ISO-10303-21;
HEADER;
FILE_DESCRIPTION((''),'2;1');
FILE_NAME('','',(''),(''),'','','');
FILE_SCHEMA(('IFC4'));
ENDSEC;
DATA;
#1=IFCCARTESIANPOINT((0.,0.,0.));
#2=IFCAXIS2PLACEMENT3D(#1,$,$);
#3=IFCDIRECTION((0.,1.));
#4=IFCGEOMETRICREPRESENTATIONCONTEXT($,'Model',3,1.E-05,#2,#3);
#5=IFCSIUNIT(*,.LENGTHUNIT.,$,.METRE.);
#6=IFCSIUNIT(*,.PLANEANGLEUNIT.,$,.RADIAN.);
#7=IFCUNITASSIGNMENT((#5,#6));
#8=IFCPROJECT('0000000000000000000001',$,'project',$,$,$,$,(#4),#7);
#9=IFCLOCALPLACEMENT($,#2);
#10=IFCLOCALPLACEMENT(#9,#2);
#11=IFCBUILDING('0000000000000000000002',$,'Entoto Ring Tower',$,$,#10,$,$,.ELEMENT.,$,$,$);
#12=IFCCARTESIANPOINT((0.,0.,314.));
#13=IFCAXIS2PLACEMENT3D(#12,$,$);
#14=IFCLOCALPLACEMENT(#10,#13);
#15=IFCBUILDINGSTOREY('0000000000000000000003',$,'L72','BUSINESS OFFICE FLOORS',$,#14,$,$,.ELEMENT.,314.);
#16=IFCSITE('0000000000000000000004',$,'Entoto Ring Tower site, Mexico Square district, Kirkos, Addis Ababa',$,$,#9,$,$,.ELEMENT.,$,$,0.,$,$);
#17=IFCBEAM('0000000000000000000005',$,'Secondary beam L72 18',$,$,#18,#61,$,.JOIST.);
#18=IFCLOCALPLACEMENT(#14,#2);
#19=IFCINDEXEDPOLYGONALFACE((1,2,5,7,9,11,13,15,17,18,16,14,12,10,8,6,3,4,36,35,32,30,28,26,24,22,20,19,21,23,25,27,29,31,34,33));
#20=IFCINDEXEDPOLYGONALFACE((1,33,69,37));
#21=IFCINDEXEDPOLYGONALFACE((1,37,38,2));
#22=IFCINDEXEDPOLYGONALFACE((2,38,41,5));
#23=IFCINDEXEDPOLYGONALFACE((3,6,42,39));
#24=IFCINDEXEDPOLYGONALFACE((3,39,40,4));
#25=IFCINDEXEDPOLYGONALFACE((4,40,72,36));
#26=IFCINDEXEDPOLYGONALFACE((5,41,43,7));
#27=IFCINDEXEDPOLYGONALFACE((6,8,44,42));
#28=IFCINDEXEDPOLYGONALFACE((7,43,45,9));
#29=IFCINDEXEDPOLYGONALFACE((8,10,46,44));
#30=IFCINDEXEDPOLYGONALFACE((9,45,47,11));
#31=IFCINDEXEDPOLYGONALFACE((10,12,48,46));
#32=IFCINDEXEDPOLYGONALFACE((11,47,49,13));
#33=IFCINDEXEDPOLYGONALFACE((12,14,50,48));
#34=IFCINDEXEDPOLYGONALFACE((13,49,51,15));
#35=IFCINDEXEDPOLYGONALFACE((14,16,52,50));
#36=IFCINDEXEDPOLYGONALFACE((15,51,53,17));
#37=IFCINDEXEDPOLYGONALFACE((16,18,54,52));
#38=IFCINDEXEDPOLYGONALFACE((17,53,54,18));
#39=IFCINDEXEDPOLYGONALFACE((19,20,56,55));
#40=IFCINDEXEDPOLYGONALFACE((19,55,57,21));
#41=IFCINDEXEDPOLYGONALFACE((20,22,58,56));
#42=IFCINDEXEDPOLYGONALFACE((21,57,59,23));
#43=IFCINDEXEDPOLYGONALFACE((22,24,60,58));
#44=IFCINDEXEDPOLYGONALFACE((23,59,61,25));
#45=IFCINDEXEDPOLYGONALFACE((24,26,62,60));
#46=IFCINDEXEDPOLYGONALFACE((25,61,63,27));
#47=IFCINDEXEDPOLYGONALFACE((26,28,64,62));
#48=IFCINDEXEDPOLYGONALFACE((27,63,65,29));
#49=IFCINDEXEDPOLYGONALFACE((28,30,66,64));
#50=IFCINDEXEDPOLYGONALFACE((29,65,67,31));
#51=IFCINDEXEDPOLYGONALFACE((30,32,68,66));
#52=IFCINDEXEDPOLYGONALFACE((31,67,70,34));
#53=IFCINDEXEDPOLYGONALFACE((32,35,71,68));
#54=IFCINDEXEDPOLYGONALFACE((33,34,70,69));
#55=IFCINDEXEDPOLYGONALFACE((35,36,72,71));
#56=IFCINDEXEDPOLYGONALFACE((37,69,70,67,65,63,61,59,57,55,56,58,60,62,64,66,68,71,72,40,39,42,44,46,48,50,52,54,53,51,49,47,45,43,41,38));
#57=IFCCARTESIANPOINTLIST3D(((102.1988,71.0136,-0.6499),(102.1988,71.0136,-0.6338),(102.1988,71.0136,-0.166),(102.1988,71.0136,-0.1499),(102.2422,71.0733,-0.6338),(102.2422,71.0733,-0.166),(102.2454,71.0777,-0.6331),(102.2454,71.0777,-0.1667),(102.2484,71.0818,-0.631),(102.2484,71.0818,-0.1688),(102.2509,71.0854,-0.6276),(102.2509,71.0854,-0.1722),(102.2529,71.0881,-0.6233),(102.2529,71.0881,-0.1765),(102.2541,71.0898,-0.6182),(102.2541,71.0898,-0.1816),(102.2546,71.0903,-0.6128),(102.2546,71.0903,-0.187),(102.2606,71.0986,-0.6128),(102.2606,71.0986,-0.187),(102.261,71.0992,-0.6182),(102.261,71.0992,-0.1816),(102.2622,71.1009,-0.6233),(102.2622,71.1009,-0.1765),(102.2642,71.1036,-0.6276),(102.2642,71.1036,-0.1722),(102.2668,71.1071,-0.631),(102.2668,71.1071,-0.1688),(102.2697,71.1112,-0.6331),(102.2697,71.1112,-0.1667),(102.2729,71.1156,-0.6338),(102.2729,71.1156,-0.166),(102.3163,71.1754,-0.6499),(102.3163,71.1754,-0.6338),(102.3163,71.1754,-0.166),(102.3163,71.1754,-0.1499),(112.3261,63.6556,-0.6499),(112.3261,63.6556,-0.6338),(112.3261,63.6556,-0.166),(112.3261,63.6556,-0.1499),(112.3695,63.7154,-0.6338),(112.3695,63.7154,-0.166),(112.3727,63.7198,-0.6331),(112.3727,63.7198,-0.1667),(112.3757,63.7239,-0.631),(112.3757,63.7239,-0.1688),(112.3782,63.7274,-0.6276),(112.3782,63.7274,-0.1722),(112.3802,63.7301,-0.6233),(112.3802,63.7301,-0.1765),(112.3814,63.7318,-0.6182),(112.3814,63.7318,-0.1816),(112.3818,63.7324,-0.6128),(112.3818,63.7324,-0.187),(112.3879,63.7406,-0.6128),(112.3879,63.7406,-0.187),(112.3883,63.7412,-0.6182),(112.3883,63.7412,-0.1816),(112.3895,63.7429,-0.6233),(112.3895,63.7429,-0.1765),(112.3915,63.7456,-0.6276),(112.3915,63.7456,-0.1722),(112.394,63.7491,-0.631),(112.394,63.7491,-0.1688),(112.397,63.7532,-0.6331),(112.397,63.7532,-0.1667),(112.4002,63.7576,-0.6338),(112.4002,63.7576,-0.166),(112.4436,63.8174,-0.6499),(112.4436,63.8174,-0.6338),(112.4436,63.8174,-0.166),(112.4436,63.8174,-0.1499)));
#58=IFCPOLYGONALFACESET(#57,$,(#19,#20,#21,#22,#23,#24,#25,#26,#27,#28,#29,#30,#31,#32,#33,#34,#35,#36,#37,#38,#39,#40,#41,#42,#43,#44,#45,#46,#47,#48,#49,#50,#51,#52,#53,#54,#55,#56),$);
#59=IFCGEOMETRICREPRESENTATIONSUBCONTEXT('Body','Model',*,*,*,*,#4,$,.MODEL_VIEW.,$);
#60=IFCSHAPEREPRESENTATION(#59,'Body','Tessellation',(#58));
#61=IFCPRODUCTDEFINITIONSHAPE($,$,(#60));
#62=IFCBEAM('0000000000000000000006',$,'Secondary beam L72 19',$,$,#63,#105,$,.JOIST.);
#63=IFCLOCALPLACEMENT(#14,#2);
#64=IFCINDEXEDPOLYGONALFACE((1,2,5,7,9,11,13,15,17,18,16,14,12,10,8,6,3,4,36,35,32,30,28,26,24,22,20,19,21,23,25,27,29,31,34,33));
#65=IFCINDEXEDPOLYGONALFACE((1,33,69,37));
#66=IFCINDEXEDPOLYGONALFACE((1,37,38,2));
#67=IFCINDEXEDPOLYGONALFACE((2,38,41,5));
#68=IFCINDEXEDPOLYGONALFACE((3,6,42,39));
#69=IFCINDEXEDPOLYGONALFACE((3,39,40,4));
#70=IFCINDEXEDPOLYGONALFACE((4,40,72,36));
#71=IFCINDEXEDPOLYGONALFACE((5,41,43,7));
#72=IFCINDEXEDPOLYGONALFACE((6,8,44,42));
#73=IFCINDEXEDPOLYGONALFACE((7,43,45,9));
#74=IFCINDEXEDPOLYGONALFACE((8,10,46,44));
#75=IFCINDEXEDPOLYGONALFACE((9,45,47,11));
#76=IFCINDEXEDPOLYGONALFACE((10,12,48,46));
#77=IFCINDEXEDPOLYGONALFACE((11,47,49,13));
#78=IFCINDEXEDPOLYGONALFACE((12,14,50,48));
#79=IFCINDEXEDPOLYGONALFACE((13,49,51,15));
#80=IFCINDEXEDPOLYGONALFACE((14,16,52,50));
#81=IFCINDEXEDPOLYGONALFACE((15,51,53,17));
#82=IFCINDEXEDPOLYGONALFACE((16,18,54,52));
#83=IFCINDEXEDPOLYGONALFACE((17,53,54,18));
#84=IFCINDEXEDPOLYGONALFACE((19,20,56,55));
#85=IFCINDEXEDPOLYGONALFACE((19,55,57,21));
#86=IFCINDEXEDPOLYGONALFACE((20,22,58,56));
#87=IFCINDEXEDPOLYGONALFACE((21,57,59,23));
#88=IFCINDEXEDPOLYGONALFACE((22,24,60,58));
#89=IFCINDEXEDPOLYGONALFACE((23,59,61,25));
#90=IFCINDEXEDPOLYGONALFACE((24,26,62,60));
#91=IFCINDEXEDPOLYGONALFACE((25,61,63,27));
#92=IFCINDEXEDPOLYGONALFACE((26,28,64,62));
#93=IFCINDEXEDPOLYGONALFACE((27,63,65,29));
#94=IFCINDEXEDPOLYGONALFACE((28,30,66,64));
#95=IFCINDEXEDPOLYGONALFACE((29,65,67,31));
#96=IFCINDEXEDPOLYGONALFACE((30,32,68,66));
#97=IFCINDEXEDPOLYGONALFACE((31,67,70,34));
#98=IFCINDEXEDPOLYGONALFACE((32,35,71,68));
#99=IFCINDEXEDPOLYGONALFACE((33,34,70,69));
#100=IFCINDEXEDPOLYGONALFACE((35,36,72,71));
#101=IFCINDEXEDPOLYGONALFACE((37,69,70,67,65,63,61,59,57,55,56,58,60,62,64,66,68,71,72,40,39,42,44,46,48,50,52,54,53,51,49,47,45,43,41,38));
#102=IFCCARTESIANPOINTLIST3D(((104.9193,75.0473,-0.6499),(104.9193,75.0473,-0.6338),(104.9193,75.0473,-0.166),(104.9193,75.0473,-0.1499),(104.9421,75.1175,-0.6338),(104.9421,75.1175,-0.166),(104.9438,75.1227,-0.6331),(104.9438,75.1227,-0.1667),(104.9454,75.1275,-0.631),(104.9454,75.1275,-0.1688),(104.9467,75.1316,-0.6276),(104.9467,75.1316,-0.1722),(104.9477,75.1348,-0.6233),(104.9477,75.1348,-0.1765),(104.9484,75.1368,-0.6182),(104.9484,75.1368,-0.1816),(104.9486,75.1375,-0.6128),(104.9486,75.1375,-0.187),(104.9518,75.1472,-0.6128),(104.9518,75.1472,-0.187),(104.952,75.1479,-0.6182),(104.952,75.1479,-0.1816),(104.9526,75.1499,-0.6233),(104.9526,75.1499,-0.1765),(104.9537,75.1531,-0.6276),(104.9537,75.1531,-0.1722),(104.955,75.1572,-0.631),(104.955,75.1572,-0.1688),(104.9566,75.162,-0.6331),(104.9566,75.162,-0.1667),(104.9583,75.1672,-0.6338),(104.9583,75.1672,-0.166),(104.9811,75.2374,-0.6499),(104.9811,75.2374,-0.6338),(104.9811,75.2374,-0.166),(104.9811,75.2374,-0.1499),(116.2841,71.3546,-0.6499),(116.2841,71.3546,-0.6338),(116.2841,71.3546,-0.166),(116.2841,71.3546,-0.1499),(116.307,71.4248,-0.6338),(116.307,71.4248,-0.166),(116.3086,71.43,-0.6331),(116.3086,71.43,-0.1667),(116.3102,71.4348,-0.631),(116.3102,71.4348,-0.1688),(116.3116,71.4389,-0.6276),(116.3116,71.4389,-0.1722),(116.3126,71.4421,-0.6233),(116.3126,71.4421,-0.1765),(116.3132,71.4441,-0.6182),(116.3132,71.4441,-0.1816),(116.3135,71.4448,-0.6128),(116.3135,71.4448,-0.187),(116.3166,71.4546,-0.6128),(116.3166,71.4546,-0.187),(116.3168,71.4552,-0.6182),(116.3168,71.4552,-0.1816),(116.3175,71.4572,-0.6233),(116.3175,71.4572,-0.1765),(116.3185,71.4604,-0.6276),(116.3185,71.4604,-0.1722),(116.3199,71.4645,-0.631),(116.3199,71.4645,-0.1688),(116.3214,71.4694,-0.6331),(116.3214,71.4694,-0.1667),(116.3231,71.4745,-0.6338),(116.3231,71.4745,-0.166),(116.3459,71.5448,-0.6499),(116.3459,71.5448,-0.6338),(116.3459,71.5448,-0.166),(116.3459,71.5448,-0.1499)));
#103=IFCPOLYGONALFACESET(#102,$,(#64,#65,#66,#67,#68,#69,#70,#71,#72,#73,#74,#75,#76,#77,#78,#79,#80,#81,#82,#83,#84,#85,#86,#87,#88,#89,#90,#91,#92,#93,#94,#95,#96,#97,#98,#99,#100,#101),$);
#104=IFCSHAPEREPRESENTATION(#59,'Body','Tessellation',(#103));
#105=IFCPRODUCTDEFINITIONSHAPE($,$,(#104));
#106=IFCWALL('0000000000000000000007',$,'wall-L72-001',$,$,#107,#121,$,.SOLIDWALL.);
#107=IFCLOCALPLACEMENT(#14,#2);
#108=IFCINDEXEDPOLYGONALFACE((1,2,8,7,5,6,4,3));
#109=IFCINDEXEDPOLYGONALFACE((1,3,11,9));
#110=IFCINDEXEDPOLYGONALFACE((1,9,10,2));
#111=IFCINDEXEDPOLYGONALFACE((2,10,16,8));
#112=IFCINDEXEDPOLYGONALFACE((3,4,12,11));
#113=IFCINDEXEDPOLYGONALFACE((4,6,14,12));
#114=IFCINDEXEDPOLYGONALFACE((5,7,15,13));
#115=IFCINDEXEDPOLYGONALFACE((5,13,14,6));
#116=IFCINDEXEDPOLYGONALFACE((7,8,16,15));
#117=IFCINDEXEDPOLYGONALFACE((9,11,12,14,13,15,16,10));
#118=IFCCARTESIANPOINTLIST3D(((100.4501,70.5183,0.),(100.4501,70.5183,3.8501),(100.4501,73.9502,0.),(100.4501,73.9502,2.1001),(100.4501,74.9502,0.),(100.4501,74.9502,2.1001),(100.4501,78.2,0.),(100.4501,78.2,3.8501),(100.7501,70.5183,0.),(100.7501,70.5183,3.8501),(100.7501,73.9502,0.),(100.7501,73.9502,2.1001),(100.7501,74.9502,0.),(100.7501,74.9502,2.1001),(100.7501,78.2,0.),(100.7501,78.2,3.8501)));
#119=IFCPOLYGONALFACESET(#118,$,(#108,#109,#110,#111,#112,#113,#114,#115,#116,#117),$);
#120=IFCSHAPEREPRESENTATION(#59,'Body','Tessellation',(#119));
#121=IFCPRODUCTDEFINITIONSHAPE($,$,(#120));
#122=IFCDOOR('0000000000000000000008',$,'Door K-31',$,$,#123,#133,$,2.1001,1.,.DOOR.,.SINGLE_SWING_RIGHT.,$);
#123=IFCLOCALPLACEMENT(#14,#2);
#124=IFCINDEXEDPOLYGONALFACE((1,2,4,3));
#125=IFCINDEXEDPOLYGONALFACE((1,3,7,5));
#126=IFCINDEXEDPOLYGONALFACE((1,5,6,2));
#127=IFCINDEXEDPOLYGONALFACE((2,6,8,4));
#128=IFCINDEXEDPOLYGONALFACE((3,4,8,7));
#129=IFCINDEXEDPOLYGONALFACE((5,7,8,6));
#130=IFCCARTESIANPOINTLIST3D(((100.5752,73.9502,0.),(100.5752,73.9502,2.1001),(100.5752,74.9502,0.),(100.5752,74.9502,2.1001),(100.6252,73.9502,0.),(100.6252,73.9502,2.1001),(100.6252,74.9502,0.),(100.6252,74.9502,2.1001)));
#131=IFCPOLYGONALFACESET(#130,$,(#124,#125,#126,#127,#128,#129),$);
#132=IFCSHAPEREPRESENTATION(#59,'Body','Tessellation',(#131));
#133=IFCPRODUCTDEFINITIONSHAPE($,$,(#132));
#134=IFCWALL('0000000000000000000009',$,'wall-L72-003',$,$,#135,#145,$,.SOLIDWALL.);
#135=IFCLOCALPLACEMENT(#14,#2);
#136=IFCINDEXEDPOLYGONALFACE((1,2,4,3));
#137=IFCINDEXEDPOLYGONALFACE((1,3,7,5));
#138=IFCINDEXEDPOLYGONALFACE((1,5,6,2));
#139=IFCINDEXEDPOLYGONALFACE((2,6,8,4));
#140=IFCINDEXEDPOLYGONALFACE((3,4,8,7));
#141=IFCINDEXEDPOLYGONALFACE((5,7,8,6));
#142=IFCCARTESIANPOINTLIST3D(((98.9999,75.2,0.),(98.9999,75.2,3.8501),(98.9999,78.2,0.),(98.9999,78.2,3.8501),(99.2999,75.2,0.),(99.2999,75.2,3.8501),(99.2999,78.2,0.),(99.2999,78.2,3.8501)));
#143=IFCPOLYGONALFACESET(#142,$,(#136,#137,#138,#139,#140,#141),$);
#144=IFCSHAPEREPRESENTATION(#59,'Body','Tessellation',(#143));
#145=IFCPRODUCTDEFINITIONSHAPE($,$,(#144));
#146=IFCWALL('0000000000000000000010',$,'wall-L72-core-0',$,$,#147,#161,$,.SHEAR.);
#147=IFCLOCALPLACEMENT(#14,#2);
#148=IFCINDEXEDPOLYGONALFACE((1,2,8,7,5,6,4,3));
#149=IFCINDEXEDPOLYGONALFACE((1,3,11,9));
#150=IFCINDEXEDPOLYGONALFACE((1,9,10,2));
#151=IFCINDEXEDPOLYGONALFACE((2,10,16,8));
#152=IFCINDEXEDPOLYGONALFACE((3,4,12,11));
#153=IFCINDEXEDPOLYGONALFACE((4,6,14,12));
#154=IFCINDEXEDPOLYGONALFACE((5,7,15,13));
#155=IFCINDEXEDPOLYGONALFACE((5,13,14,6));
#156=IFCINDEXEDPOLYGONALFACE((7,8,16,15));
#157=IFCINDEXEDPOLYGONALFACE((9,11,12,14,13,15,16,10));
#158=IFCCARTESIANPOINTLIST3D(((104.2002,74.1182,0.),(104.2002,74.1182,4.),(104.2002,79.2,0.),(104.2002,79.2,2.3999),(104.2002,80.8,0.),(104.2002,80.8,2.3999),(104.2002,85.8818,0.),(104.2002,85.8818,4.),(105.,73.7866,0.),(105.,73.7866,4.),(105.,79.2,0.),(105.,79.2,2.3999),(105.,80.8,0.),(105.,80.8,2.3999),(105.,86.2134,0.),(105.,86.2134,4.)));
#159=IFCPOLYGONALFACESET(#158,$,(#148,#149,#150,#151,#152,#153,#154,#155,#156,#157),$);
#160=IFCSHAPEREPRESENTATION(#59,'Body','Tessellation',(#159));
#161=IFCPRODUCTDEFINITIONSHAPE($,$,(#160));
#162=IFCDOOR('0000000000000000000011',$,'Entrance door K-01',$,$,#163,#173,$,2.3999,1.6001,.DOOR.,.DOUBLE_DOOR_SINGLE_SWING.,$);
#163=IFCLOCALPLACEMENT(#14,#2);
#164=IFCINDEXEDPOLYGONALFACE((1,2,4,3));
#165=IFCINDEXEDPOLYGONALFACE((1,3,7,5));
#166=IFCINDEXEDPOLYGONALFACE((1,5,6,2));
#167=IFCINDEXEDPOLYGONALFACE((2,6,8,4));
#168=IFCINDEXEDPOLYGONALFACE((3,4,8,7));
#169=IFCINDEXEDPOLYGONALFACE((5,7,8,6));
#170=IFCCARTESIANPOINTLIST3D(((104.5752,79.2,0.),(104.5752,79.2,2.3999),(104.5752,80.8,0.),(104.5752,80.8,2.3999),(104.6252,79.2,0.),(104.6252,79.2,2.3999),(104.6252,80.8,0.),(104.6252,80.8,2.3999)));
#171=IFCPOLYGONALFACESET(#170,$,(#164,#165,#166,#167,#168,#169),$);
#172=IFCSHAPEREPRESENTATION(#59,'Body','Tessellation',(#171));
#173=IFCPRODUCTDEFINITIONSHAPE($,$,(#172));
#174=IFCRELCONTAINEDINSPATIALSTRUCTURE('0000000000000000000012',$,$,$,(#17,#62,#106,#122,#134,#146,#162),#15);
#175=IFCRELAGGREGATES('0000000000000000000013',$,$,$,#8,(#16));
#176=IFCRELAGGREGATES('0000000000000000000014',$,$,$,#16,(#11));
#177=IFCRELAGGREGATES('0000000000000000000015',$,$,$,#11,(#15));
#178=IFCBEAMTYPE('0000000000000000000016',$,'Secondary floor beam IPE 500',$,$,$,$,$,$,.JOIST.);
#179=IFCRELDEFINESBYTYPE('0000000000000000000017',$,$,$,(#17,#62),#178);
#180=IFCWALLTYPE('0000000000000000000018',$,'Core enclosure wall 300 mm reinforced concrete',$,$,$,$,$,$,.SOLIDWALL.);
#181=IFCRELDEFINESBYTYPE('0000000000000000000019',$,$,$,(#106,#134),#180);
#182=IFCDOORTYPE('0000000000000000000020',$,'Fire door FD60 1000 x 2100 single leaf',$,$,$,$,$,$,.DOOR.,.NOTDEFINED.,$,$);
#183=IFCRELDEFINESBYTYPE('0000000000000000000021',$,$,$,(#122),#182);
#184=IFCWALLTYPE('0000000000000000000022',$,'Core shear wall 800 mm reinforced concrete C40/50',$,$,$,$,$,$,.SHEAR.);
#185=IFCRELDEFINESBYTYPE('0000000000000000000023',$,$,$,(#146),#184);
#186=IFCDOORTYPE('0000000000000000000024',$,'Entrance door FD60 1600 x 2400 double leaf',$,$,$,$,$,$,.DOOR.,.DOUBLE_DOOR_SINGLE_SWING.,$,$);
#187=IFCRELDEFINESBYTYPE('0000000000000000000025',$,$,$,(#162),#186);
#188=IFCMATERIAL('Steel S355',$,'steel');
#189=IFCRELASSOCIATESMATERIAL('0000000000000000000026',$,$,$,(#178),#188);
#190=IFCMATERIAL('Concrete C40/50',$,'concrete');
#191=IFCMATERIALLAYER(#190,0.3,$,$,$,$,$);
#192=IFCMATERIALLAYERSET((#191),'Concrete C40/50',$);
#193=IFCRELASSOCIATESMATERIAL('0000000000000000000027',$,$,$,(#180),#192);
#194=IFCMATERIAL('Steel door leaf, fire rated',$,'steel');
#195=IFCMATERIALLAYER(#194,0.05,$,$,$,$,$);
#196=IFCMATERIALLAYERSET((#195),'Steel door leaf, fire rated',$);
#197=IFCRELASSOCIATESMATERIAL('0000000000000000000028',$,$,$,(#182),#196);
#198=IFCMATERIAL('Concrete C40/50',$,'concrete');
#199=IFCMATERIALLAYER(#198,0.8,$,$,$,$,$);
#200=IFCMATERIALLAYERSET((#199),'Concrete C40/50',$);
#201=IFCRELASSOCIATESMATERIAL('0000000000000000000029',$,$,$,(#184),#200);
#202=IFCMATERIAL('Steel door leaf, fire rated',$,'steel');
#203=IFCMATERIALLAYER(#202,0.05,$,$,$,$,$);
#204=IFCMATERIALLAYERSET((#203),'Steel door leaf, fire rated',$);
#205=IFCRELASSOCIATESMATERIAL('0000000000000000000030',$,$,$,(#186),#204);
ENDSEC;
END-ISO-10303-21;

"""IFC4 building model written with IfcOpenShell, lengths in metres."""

from ifc_helpers import new_model, si_unit, direction, frame, frame_2d, origin, origin_2d, place, context, subcontext, project, spatial, polyline, rectangle, i_section, outline, extrude, material, layer, layer_set, material_profile, profile_set, type_object, element, fill, save


model = new_model("IFC4")

# Units and contexts
model_context = context("Model", 3, precision=1e-05, world=origin(), true_north=direction((0.0, 1.0)))
body_context = subcontext(model_context, "Body", "Model", "MODEL_VIEW")
ifc_project = project(units=[si_unit("LENGTHUNIT", "METRE"), si_unit("PLANEANGLEUNIT", "RADIAN")], contexts=[model_context])

# Site, building, storey
site_placement = place(None, origin())
site = spatial("IfcSite", under=ifc_project, at=site_placement, Name="Entoto Ring Tower site, Mexico Square district, Kirkos, Addis Ababa", CompositionType="ELEMENT", RefElevation=0.0)
building_placement = place(site_placement, origin())
building = spatial("IfcBuilding", under=site, at=building_placement, Name="Entoto Ring Tower", CompositionType="ELEMENT")
storey_placement = place(building_placement, frame((0.0, 0.0, 314.0)))
storey = spatial("IfcBuildingStorey", under=building, at=storey_placement, Name="L72", Description="BUSINESS OFFICE FLOORS", CompositionType="ELEMENT", Elevation=314.0)

# Beams
ifc_material_1 = material(Name="Steel S355", Category="steel")
ifc_material_profile_1 = material_profile(ifc_material_1, i_section(OverallWidth=0.2, OverallDepth=0.5, WebThickness=0.0103, FlangeThickness=0.0161, FilletRadius=0.021, at=origin_2d()), Name="IPE 500")
ifc_profile_set_1 = profile_set([ifc_material_profile_1], Name="Steel S355")
beam_type_1 = type_object("IfcBeamType", Name="Secondary floor beam IPE 500", PredefinedType="JOIST", material=ifc_profile_set_1)
for number, where, z_axis, x_axis, name in (
    (1, (102.2576, 71.0945, -0.3999), (0.809014, -0.587789, 0.0), (0.587789, 0.809014, 0.0), "Secondary beam L72 18"),
):
    element("IfcBeam", number, at=place(storey_placement, frame(where, z_axis=z_axis, x_axis=x_axis)), inside=storey, type_object=beam_type_1, Name=name, PredefinedType="JOIST", context=body_context, shape_type="SweptSolid", body=[
        extrude(i_section(OverallWidth=0.2, OverallDepth=0.5, WebThickness=0.0103, FlangeThickness=0.0161, FilletRadius=0.021, at=origin_2d()), origin(), (0.0, 0.0, 1.0), 12.5181),
    ])
beam_1_placement = place(storey_placement, frame((104.9502, 75.1423, -0.3999), z_axis=(0.951057, -0.309017, 0.0), x_axis=(0.309017, 0.951057, 0.0)))
element("IfcBeam", 2, at=beam_1_placement, inside=storey, type_object=beam_type_1, Name="Secondary beam L72 19", PredefinedType="JOIST", context=body_context, shape_type="SweptSolid", body=[
    extrude(i_section(OverallWidth=0.2, OverallDepth=0.5, WebThickness=0.0103, FlangeThickness=0.0161, FilletRadius=0.021, at=origin_2d()), origin(), (0.0, 0.0, 1.0), 11.9497),
])

# Wall, opening, door
ifc_material_2 = material(Name="Concrete C40/50", Category="concrete")
ifc_layer_1 = layer(ifc_material_2, 0.3)
ifc_layer_set_1 = layer_set([ifc_layer_1], Name="Concrete C40/50")
wall_type_1 = type_object("IfcWallType", Name="Core enclosure wall 300 mm reinforced concrete", PredefinedType="SOLIDWALL", material=ifc_layer_set_1)
wall_1_placement = place(storey_placement, frame((100.6001, 70.5183, 0.0), z_axis=(0.0, 0.0, 1.0), x_axis=(0.0, 1.0, 0.0)))
wall_1 = element("IfcWall", 3, at=wall_1_placement, inside=storey, type_object=wall_type_1, Name="wall-L72-001", PredefinedType="SOLIDWALL", context=body_context, shape_type="SweptSolid", body=[
    extrude(rectangle(XDim=7.6816, YDim=0.3, at=frame_2d((3.8408, 0.0))), origin(), (0.0, 0.0, 1.0), 3.8501),
])
opening_1_placement = place(wall_1_placement, frame((3.4319, 0.0, 0.0)))
opening_1 = element("IfcOpeningElement", 4, at=opening_1_placement, cuts=wall_1, PredefinedType="OPENING", context=body_context, shape_type="SweptSolid", body=[
    extrude(rectangle(XDim=1.0, YDim=2.1001, at=frame_2d((0.5, 1.05))), frame((0.0, 0.1602, 0.0), z_axis=(0.0, -1.0, 0.0), x_axis=(1.0, 0.0, 0.0)), (0.0, 0.0, 1.0), 0.3201),
])
ifc_material_3 = material(Name="Steel door leaf, fire rated", Category="steel")
ifc_layer_2 = layer(ifc_material_3, 0.05)
ifc_layer_set_2 = layer_set([ifc_layer_2], Name="Steel door leaf, fire rated")
door_type_1 = type_object("IfcDoorType", Name="Fire door FD60 1000 x 2100 single leaf", OperationType="NOTDEFINED", PredefinedType="DOOR", material=ifc_layer_set_2)
door_1_placement = place(opening_1_placement, origin())
door_1 = element("IfcDoor", 5, at=door_1_placement, inside=storey, type_object=door_type_1, Name="Door K-31", OperationType="SINGLE_SWING_RIGHT", OverallHeight=2.1001, OverallWidth=1.0, PredefinedType="DOOR", context=body_context, shape_type="SweptSolid", body=[
    extrude(rectangle(XDim=1.0, YDim=2.1001, at=frame_2d((0.5, 1.05))), frame((0.0, 0.0249, 0.0), z_axis=(0.0, -1.0, 0.0), x_axis=(1.0, 0.0, 0.0)), (0.0, 0.0, 1.0), 0.05),
])
fill(opening_1, door_1)

# Wall
wall_2_placement = place(storey_placement, frame((99.1499, 75.2, 0.0), z_axis=(0.0, 0.0, 1.0), x_axis=(0.0, 1.0, 0.0)))
element("IfcWall", 6, at=wall_2_placement, inside=storey, type_object=wall_type_1, Name="wall-L72-003", PredefinedType="SOLIDWALL", context=body_context, shape_type="SweptSolid", body=[
    extrude(rectangle(XDim=3.0, YDim=0.3, at=frame_2d((1.5, 0.0))), origin(), (0.0, 0.0, 1.0), 3.8501),
])

# Wall, opening, door
ifc_material_4 = material(Name="Concrete C40/50", Category="concrete")
ifc_layer_3 = layer(ifc_material_4, 0.8)
ifc_layer_set_3 = layer_set([ifc_layer_3], Name="Concrete C40/50")
wall_type_2 = type_object("IfcWallType", Name="Core shear wall 800 mm reinforced concrete C40/50", PredefinedType="SHEAR", material=ifc_layer_set_3)
wall_3_placement = place(storey_placement, frame((104.6001, 73.9524, 0.0), z_axis=(0.0, 0.0, 1.0), x_axis=(0.0, 1.0, 0.0)))
wall_3 = element("IfcWall", 7, at=wall_3_placement, inside=storey, type_object=wall_type_2, Name="wall-L72-core-0", PredefinedType="SHEAR", context=body_context, shape_type="SweptSolid", body=[
    extrude(outline(polyline([(-0.1658, -0.3999), (12.261, -0.3999), (11.9294, 0.3999), (0.1658, 0.3999), (-0.1658, -0.3999)])), origin(), (0.0, 0.0, 1.0), 4.0),
])
opening_2_placement = place(wall_3_placement, frame((5.2476, 0.0, 0.0)))
opening_2 = element("IfcOpeningElement", 8, at=opening_2_placement, cuts=wall_3, PredefinedType="OPENING", context=body_context, shape_type="SweptSolid", body=[
    extrude(rectangle(XDim=1.6001, YDim=2.3999, at=frame_2d((0.8, 1.2))), frame((0.0, 0.4102, 0.0), z_axis=(0.0, -1.0, 0.0), x_axis=(1.0, 0.0, 0.0)), (0.0, 0.0, 1.0), 0.8201),
])
ifc_material_5 = material(Name="Steel door leaf, fire rated", Category="steel")
ifc_layer_4 = layer(ifc_material_5, 0.05)
ifc_layer_set_4 = layer_set([ifc_layer_4], Name="Steel door leaf, fire rated")
door_type_2 = type_object("IfcDoorType", Name="Entrance door FD60 1600 x 2400 double leaf", OperationType="DOUBLE_DOOR_SINGLE_SWING", PredefinedType="DOOR", material=ifc_layer_set_4)
door_2_placement = place(opening_2_placement, origin())
door_2 = element("IfcDoor", 9, at=door_2_placement, inside=storey, type_object=door_type_2, Name="Entrance door K-01", OperationType="DOUBLE_DOOR_SINGLE_SWING", OverallHeight=2.3999, OverallWidth=1.6001, PredefinedType="DOOR", context=body_context, shape_type="SweptSolid", body=[
    extrude(rectangle(XDim=1.6001, YDim=2.3999, at=frame_2d((0.8, 1.2))), frame((0.0, 0.0249, 0.0), z_axis=(0.0, -1.0, 0.0), x_axis=(1.0, 0.0, 0.0)), (0.0, 0.0, 1.0), 0.05),
])
fill(opening_2, door_2)

save(model, "model.ifc")
